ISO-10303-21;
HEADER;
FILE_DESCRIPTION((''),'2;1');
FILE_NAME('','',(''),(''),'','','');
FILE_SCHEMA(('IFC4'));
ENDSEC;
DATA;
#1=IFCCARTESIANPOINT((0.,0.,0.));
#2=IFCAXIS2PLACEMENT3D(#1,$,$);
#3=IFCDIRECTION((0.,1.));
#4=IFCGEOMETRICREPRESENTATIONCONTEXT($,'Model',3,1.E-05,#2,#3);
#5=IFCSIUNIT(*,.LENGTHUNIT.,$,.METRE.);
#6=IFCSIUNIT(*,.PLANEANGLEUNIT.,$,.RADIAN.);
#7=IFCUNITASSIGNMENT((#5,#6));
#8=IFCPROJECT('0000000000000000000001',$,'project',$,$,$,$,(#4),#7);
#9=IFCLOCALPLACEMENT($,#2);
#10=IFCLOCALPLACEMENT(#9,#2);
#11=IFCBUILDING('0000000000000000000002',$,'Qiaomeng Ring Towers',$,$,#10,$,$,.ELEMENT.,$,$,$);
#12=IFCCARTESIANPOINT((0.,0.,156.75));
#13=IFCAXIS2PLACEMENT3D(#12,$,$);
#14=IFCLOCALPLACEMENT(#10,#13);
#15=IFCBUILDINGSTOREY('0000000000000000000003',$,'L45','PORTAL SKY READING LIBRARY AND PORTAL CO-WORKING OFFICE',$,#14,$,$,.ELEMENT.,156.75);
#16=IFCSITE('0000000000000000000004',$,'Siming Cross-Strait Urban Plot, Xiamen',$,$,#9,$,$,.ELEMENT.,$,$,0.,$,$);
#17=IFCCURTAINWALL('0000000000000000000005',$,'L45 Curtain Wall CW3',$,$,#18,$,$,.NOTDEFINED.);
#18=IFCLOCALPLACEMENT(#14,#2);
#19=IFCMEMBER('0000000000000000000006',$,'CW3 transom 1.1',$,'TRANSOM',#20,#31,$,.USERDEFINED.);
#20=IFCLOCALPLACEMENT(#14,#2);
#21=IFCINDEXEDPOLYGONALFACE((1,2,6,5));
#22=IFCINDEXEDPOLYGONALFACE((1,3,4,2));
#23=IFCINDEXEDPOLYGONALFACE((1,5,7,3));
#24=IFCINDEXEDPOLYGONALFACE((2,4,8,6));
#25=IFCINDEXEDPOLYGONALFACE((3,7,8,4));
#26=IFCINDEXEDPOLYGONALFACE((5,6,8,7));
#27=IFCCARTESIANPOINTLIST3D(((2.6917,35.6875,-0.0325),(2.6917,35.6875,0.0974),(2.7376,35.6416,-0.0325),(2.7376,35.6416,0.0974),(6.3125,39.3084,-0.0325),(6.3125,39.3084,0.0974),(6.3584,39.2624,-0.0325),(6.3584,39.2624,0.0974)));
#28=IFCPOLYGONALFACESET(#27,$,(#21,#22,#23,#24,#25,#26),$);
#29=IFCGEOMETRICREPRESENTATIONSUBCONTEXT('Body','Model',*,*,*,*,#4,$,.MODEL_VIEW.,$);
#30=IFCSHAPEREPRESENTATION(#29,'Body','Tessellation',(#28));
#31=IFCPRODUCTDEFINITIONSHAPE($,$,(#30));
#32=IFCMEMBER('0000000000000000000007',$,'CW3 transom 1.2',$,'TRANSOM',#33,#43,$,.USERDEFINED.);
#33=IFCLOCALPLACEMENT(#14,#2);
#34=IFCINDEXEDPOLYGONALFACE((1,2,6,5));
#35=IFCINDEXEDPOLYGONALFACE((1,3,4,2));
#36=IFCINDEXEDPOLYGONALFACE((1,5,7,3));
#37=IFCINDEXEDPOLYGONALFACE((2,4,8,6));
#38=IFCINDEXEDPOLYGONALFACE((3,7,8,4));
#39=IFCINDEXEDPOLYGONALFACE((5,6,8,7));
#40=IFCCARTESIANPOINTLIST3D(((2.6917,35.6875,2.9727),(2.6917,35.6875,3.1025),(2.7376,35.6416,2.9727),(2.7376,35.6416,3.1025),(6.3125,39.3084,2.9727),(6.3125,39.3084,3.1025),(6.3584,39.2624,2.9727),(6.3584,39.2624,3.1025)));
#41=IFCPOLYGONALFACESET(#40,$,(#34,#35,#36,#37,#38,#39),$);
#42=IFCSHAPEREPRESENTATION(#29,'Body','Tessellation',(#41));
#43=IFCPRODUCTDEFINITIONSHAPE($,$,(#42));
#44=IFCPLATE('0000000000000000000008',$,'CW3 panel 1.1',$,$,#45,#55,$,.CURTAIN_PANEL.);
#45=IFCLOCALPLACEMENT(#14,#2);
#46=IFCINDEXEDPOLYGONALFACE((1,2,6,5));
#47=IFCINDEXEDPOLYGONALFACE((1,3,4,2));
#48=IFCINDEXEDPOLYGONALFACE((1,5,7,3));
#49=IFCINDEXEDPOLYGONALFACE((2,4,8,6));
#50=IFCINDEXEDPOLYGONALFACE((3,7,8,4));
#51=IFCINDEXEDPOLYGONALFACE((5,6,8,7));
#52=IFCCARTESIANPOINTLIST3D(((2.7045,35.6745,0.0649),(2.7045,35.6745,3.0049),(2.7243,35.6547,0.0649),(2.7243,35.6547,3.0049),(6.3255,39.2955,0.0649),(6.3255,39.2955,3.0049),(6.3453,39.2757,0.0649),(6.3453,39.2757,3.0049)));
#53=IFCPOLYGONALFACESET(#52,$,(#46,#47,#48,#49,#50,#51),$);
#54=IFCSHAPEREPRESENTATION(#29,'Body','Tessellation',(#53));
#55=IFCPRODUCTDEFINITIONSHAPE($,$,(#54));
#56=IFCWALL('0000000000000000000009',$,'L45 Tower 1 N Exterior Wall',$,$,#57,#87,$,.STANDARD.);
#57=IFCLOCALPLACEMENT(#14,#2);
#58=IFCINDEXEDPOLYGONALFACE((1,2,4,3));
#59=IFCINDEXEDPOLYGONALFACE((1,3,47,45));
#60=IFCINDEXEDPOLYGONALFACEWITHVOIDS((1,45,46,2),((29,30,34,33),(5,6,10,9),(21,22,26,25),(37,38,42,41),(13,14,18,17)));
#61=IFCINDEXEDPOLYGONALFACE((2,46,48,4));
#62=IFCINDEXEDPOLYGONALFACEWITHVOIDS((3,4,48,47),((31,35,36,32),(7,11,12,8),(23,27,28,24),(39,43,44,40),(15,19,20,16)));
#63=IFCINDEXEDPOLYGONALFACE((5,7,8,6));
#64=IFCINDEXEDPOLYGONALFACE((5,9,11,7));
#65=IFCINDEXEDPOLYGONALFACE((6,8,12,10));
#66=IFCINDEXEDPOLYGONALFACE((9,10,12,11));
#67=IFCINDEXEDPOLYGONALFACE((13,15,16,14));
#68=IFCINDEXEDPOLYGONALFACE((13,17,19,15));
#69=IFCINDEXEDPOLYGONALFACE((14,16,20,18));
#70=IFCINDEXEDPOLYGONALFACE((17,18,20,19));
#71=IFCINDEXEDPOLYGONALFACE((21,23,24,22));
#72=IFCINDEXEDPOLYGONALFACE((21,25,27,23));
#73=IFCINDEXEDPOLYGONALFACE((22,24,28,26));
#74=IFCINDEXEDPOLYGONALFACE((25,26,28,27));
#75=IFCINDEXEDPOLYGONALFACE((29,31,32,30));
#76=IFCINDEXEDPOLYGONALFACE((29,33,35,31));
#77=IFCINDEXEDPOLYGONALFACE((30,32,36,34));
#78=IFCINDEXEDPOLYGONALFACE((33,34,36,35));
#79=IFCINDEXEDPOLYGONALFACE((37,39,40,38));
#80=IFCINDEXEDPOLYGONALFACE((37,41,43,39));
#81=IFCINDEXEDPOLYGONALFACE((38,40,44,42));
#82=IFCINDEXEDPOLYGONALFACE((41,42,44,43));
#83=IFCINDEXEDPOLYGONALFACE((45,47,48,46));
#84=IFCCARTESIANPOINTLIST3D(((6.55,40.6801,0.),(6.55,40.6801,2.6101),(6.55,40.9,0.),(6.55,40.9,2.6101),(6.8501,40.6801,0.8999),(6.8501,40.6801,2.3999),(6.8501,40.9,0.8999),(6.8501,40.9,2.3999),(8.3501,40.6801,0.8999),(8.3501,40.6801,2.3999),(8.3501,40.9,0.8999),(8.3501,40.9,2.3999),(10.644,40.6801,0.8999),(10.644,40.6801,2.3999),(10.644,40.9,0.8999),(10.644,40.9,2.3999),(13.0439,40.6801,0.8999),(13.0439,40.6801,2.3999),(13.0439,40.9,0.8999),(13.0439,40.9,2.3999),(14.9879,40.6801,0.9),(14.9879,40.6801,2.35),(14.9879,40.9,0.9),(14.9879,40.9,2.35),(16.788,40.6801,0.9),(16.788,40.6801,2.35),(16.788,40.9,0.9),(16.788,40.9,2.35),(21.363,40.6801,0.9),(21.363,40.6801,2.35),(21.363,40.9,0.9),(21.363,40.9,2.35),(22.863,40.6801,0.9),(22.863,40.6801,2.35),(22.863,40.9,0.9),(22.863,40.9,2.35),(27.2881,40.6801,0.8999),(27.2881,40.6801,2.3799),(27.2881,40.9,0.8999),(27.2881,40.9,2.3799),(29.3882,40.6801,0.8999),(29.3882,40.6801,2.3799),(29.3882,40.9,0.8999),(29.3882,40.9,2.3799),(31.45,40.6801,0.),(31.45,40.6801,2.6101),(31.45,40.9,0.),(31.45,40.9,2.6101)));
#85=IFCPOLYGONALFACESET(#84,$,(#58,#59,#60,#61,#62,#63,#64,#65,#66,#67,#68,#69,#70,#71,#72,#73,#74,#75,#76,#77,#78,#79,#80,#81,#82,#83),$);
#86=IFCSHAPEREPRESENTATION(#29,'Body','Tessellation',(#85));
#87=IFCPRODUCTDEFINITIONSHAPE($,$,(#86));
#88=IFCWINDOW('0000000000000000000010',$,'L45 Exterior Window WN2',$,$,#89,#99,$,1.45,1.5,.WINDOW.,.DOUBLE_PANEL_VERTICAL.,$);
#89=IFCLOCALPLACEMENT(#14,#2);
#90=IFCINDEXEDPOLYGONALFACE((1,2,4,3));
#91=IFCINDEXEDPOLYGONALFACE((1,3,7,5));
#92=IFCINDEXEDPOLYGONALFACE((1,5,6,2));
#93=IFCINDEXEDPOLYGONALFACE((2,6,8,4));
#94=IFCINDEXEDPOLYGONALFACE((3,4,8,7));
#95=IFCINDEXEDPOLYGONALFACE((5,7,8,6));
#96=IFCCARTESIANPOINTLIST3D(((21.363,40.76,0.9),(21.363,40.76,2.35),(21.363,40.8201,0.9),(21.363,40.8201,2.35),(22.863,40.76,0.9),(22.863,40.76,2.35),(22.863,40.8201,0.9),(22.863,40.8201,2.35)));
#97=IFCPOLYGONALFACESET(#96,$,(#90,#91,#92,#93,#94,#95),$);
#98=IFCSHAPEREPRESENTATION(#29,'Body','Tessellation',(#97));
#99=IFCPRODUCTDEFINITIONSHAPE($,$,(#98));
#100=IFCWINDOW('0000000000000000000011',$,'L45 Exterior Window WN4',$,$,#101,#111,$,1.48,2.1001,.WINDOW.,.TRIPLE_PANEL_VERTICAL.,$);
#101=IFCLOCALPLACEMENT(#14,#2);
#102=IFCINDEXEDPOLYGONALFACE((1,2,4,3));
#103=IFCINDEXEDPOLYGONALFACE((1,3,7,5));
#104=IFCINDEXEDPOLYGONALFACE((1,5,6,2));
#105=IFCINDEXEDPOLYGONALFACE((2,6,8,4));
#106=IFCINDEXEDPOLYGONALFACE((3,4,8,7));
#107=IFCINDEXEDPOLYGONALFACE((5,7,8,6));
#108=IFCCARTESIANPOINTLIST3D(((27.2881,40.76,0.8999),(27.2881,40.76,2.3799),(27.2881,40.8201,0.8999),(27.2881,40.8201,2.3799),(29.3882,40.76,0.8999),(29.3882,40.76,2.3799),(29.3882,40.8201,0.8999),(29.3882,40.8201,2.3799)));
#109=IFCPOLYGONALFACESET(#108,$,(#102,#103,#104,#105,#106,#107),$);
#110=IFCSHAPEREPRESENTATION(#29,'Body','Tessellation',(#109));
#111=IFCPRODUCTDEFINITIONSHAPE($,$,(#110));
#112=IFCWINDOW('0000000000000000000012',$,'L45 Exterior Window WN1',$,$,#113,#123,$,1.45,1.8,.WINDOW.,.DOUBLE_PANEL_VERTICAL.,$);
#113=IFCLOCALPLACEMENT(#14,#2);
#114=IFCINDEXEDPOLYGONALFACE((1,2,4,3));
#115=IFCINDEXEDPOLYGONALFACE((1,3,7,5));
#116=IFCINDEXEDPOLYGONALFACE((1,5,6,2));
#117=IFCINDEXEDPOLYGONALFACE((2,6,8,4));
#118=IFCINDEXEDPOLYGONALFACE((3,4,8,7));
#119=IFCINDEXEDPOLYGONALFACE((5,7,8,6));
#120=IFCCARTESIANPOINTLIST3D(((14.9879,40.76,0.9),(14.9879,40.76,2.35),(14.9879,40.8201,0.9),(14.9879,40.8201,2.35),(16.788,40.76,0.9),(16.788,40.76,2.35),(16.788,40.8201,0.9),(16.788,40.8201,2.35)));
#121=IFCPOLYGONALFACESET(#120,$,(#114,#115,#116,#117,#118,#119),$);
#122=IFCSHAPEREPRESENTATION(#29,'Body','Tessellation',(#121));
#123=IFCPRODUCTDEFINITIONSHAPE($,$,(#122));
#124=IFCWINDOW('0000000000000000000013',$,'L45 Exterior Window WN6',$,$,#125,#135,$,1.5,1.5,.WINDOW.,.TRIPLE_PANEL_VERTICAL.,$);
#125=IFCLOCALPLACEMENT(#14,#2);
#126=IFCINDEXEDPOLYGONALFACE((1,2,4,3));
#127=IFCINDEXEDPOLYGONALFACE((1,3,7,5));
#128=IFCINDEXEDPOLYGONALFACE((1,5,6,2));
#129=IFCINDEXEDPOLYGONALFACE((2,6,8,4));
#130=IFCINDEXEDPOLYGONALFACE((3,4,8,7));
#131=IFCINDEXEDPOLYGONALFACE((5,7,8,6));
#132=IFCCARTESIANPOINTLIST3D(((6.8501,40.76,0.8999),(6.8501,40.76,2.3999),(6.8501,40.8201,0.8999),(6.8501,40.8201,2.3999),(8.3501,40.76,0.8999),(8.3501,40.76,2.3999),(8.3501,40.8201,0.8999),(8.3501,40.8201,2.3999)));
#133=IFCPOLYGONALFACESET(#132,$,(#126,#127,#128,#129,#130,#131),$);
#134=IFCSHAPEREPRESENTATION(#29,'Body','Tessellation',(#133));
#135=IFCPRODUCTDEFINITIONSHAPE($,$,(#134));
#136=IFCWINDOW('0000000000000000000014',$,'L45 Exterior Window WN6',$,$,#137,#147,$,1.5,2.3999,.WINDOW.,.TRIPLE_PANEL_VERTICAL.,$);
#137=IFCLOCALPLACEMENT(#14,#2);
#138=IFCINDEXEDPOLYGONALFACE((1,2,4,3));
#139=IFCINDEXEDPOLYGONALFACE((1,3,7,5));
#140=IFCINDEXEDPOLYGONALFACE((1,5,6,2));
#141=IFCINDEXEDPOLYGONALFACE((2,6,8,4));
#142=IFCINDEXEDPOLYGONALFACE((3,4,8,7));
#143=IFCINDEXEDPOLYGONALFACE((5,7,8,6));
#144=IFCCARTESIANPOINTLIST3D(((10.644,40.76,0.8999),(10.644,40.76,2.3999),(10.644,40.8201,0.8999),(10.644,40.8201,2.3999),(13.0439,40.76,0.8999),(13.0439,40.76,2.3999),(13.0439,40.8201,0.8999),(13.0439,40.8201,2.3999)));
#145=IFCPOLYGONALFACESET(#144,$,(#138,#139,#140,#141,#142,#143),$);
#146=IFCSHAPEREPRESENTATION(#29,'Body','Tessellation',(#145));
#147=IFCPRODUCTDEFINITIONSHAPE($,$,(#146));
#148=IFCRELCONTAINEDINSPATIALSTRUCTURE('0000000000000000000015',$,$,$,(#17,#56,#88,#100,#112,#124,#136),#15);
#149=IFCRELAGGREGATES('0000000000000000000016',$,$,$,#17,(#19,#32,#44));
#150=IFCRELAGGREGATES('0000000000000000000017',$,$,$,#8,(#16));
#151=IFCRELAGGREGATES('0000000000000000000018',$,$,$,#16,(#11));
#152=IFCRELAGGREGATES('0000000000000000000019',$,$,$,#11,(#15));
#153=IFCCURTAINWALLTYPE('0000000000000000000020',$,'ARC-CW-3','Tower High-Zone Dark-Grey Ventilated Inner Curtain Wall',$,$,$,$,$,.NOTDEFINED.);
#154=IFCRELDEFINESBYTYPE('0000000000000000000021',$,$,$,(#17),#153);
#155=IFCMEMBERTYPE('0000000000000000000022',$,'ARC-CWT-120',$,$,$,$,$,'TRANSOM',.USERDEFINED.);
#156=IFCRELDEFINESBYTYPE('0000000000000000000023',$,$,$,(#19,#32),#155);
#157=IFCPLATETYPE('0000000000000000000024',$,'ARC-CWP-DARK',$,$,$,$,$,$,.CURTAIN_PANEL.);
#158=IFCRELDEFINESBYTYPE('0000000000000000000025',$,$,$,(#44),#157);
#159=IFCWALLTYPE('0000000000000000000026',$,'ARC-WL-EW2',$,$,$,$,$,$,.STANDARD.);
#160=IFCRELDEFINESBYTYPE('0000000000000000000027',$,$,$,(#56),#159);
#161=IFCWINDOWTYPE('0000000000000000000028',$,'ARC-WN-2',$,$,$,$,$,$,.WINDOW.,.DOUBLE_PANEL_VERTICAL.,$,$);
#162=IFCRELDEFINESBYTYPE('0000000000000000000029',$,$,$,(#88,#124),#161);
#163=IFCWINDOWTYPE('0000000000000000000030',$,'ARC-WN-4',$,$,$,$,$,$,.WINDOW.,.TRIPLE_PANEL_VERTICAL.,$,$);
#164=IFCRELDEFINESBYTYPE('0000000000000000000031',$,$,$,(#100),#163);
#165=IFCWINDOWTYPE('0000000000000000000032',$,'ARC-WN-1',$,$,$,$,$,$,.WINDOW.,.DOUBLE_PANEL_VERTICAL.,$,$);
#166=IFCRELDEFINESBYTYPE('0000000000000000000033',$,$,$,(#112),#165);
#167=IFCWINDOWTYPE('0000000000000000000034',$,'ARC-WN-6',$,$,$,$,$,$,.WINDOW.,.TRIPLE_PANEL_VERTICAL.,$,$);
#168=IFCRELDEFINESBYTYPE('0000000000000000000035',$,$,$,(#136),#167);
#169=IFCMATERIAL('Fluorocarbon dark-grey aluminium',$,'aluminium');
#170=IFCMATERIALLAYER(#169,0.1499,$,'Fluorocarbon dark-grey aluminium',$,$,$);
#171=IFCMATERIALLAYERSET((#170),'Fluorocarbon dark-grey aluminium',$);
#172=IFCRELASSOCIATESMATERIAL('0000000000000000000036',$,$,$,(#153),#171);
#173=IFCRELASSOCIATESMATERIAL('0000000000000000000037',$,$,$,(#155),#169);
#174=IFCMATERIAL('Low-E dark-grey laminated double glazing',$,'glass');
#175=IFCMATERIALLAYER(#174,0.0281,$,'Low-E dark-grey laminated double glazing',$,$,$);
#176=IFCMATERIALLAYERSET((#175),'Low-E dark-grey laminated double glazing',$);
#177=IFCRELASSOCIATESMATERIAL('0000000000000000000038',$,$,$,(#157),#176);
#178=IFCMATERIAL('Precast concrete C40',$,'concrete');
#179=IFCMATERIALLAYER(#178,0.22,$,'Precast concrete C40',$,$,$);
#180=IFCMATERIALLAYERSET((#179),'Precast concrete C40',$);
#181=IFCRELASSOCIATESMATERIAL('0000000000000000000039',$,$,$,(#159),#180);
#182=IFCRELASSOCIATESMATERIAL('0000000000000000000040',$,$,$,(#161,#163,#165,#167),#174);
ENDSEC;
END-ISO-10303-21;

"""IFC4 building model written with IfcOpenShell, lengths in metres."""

from ifc_helpers import new_model, si_unit, direction, frame, frame_2d, origin, origin_2d, place, context, subcontext, project, spatial, rectangle, extrude, source, transform, mapped, material, layer, layer_set, material_profile, profile_set, type_object, element, fill, aggregate, save


model = new_model("IFC4")

# Units and contexts
model_context = context("Model", 3, precision=1e-05, world=origin(), true_north=direction((0.0, 1.0)))
body_context = subcontext(model_context, "Body", "Model", "MODEL_VIEW")
ifc_project = project(units=[si_unit("LENGTHUNIT", "METRE"), si_unit("PLANEANGLEUNIT", "RADIAN")], contexts=[model_context])

# Site, building, storey
site_placement = place(None, origin())
site = spatial("IfcSite", under=ifc_project, at=site_placement, Name="Siming Cross-Strait Urban Plot, Xiamen", CompositionType="ELEMENT", RefElevation=0.0)
building_placement = place(site_placement, origin())
building = spatial("IfcBuilding", under=site, at=building_placement, Name="Qiaomeng Ring Towers", CompositionType="ELEMENT")
storey_placement = place(building_placement, frame((0.0, 0.0, 156.75)))
storey = spatial("IfcBuildingStorey", under=building, at=storey_placement, Name="L45", Description="PORTAL SKY READING LIBRARY AND PORTAL CO-WORKING OFFICE", CompositionType="ELEMENT", Elevation=156.75)

# Curtain wall, members, plate
ifc_material_1 = material(Name="Fluorocarbon dark-grey aluminium", Category="aluminium")
ifc_layer_1 = layer(ifc_material_1, 0.1499, Name="Fluorocarbon dark-grey aluminium")
ifc_layer_set_1 = layer_set([ifc_layer_1], Name="Fluorocarbon dark-grey aluminium")
curtain_wall_type = type_object("IfcCurtainWallType", Name="ARC-CW-3", Description="Tower High-Zone Dark-Grey Ventilated Inner Curtain Wall", PredefinedType="NOTDEFINED", material=ifc_layer_set_1)
curtain_wall_placement = place(storey_placement, origin())
curtain_wall = element("IfcCurtainWall", 1, at=curtain_wall_placement, inside=storey, type_object=curtain_wall_type, Name="L45 Curtain Wall CW3", PredefinedType="NOTDEFINED")
ifc_material_profile_1 = material_profile(ifc_material_1, rectangle(XDim=0.0649, YDim=0.1299, at=origin_2d()), Name="ALU TRAN 65x130")
ifc_profile_set_1 = profile_set([ifc_material_profile_1], Name="Fluorocarbon dark-grey aluminium")
member_type_1 = type_object("IfcMemberType", Name="ARC-CWT-120", ElementType="TRANSOM", PredefinedType="USERDEFINED", material=ifc_profile_set_1)
shared_shape_1 = source(origin(), body_context, "Body", "SweptSolid", [
    extrude(rectangle(XDim=0.0649, YDim=0.1299, at=origin_2d()), origin(), (0.0, 0.0, 1.0), 5.1206),
])
member_1_placement = place(storey_placement, frame((6.3354, 39.2854, 0.0325), z_axis=(-0.707107, -0.707107, 0.0), x_axis=(0.707107, -0.707107, 0.0)))
member_1 = element("IfcMember", 2, at=member_1_placement, type_object=member_type_1, Name="CW3 transom 1.1", ObjectType="TRANSOM", PredefinedType="USERDEFINED", context=body_context, shape_type="MappedRepresentation", body=[
    mapped(shared_shape_1, transform((0.0, 0.0, 0.0), x_axis=(1.0, 0.0, 0.0), y_axis=(0.0, 1.0, 0.0), z_axis=(0.0, 0.0, 1.0), scale=1.0)),
])
member_2_placement = place(storey_placement, frame((6.3354, 39.2854, 3.0376), z_axis=(-0.707107, -0.707107, 0.0), x_axis=(0.707107, -0.707107, 0.0)))
member_2 = element("IfcMember", 3, at=member_2_placement, type_object=member_type_1, Name="CW3 transom 1.2", ObjectType="TRANSOM", PredefinedType="USERDEFINED", context=body_context, shape_type="MappedRepresentation", body=[
    mapped(shared_shape_1, transform((0.0, 0.0, 0.0), x_axis=(1.0, 0.0, 0.0), y_axis=(0.0, 1.0, 0.0), z_axis=(0.0, 0.0, 1.0), scale=1.0)),
])
ifc_material_2 = material(Name="Low-E dark-grey laminated double glazing", Category="glass")
ifc_layer_2 = layer(ifc_material_2, 0.0281, Name="Low-E dark-grey laminated double glazing")
ifc_layer_set_2 = layer_set([ifc_layer_2], Name="Low-E dark-grey laminated double glazing")
plate_type = type_object("IfcPlateType", Name="ARC-CWP-DARK", PredefinedType="CURTAIN_PANEL", material=ifc_layer_set_2)
shared_shape_2 = source(origin(), body_context, "Body", "SweptSolid", [
    extrude(rectangle(XDim=5.1208, YDim=0.0281, at=origin_2d()), origin(), (0.0, 0.0, 1.0), 2.9399),
])
plate_placement = place(storey_placement, frame((4.5249, 37.4751, 0.0649), z_axis=(0.0, 0.0, 1.0), x_axis=(-0.707107, -0.707107, 0.0)))
plate = element("IfcPlate", 4, at=plate_placement, type_object=plate_type, Name="CW3 panel 1.1", PredefinedType="CURTAIN_PANEL", context=body_context, shape_type="MappedRepresentation", body=[
    mapped(shared_shape_2, transform((0.0, 0.0, 0.0), x_axis=(1.0, 0.0, 0.0), y_axis=(0.0, 1.0, 0.0), z_axis=(0.0, 0.0, 1.0), scale=1.0)),
])
aggregate(curtain_wall, [member_1, member_2, plate])

# Wall, openings, windows
ifc_material_3 = material(Name="Precast concrete C40", Category="concrete")
ifc_layer_3 = layer(ifc_material_3, 0.22, Name="Precast concrete C40")
ifc_layer_set_3 = layer_set([ifc_layer_3], Name="Precast concrete C40")
wall_type_1 = type_object("IfcWallType", Name="ARC-WL-EW2", PredefinedType="STANDARD", material=ifc_layer_set_3)
wall_1_placement = place(storey_placement, frame((6.55, 40.79, 0.0), z_axis=(0.0, 0.0, 1.0), x_axis=(1.0, 0.0, 0.0)))
wall_1 = element("IfcWall", 5, at=wall_1_placement, inside=storey, type_object=wall_type_1, Name="L45 Tower 1 N Exterior Wall", PredefinedType="STANDARD", context=body_context, shape_type="SweptSolid", body=[
    extrude(rectangle(XDim=24.8999, YDim=0.22, at=frame_2d((12.45, 0.0))), origin(), (0.0, 0.0, 1.0), 2.6101),
])
opening_1_placement = place(wall_1_placement, frame((0.3, 0.0, 0.8999)))
opening_1 = element("IfcOpeningElement", 6, at=opening_1_placement, cuts=wall_1, PredefinedType="OPENING", context=body_context, shape_type="SweptSolid", body=[
    extrude(rectangle(XDim=1.5, YDim=1.5, at=frame_2d((0.75, 0.75))), frame((0.0, 0.1199, 0.0), z_axis=(0.0, -1.0, 0.0), x_axis=(1.0, 0.0, 0.0)), (0.0, 0.0, 1.0), 0.24),
])
opening_2_placement = place(wall_1_placement, frame((8.438, 0.0, 0.8999)))
opening_2 = element("IfcOpeningElement", 7, at=opening_2_placement, cuts=wall_1, PredefinedType="OPENING", context=body_context, shape_type="SweptSolid", body=[
    extrude(rectangle(XDim=1.8, YDim=1.45, at=frame_2d((0.8999, 0.7251))), frame((0.0, 0.1199, 0.0), z_axis=(0.0, -1.0, 0.0), x_axis=(1.0, 0.0, 0.0)), (0.0, 0.0, 1.0), 0.24),
])
opening_3_placement = place(wall_1_placement, frame((14.813, 0.0, 0.8999)))
opening_3 = element("IfcOpeningElement", 8, at=opening_3_placement, cuts=wall_1, PredefinedType="OPENING", context=body_context, shape_type="SweptSolid", body=[
    extrude(rectangle(XDim=1.5, YDim=1.45, at=frame_2d((0.75, 0.7251))), frame((0.0, 0.1199, 0.0), z_axis=(0.0, -1.0, 0.0), x_axis=(1.0, 0.0, 0.0)), (0.0, 0.0, 1.0), 0.24),
])
opening_4_placement = place(wall_1_placement, frame((20.738, 0.0, 0.8999)))
opening_4 = element("IfcOpeningElement", 9, at=opening_4_placement, cuts=wall_1, PredefinedType="OPENING", context=body_context, shape_type="SweptSolid", body=[
    extrude(rectangle(XDim=2.1001, YDim=1.48, at=frame_2d((1.05, 0.74))), frame((0.0, 0.1199, 0.0), z_axis=(0.0, -1.0, 0.0), x_axis=(1.0, 0.0, 0.0)), (0.0, 0.0, 1.0), 0.24),
])
opening_5_placement = place(wall_1_placement, frame((4.094, 0.0, 0.8999)))
opening_5 = element("IfcOpeningElement", 10, at=opening_5_placement, cuts=wall_1, PredefinedType="OPENING", context=body_context, shape_type="SweptSolid", body=[
    extrude(rectangle(XDim=2.3999, YDim=1.5, at=frame_2d((1.2, 0.75))), frame((0.0, 0.1199, 0.0), z_axis=(0.0, -1.0, 0.0), x_axis=(1.0, 0.0, 0.0)), (0.0, 0.0, 1.0), 0.24),
])
window_type_1 = type_object("IfcWindowType", Name="ARC-WN-2", PartitioningType="DOUBLE_PANEL_VERTICAL", PredefinedType="WINDOW", material=ifc_material_2)
shared_shape_3 = source(origin(), body_context, "Body", "SweptSolid", [
    extrude(rectangle(XDim=1.5, YDim=1.45, at=frame_2d((0.75, 0.7251))), frame((0.0, 0.03, 0.0), z_axis=(0.0, -1.0, 0.0), x_axis=(1.0, 0.0, 0.0)), (0.0, 0.0, 1.0), 0.0601),
])
window_1_placement = place(opening_3_placement, origin())
window_1 = element("IfcWindow", 11, at=window_1_placement, inside=storey, type_object=window_type_1, Name="L45 Exterior Window WN2", OverallHeight=1.45, OverallWidth=1.5, PartitioningType="DOUBLE_PANEL_VERTICAL", PredefinedType="WINDOW", context=body_context, shape_type="MappedRepresentation", body=[
    mapped(shared_shape_3, transform((0.0, 0.0, 0.0), x_axis=(1.0, 0.0, 0.0), y_axis=(0.0, 1.0, 0.0), z_axis=(0.0, 0.0, 1.0), scale=1.0)),
])
fill(opening_3, window_1)
window_type_2 = type_object("IfcWindowType", Name="ARC-WN-4", PartitioningType="TRIPLE_PANEL_VERTICAL", PredefinedType="WINDOW", material=ifc_material_2)
shared_shape_4 = source(origin(), body_context, "Body", "SweptSolid", [
    extrude(rectangle(XDim=2.1001, YDim=1.48, at=frame_2d((1.05, 0.74))), frame((0.0, 0.03, 0.0), z_axis=(0.0, -1.0, 0.0), x_axis=(1.0, 0.0, 0.0)), (0.0, 0.0, 1.0), 0.0601),
])
window_2_placement = place(opening_4_placement, origin())
window_2 = element("IfcWindow", 12, at=window_2_placement, inside=storey, type_object=window_type_2, Name="L45 Exterior Window WN4", OverallHeight=1.48, OverallWidth=2.1001, PartitioningType="TRIPLE_PANEL_VERTICAL", PredefinedType="WINDOW", context=body_context, shape_type="MappedRepresentation", body=[
    mapped(shared_shape_4, transform((0.0, 0.0, 0.0), x_axis=(1.0, 0.0, 0.0), y_axis=(0.0, 1.0, 0.0), z_axis=(0.0, 0.0, 1.0), scale=1.0)),
])
fill(opening_4, window_2)
window_type_3 = type_object("IfcWindowType", Name="ARC-WN-1", PartitioningType="DOUBLE_PANEL_VERTICAL", PredefinedType="WINDOW", material=ifc_material_2)
shared_shape_5 = source(origin(), body_context, "Body", "SweptSolid", [
    extrude(rectangle(XDim=1.8, YDim=1.45, at=frame_2d((0.8999, 0.7251))), frame((0.0, 0.03, 0.0), z_axis=(0.0, -1.0, 0.0), x_axis=(1.0, 0.0, 0.0)), (0.0, 0.0, 1.0), 0.0601),
])
window_3_placement = place(opening_2_placement, origin())
window_3 = element("IfcWindow", 13, at=window_3_placement, inside=storey, type_object=window_type_3, Name="L45 Exterior Window WN1", OverallHeight=1.45, OverallWidth=1.8, PartitioningType="DOUBLE_PANEL_VERTICAL", PredefinedType="WINDOW", context=body_context, shape_type="MappedRepresentation", body=[
    mapped(shared_shape_5, transform((0.0, 0.0, 0.0), x_axis=(1.0, 0.0, 0.0), y_axis=(0.0, 1.0, 0.0), z_axis=(0.0, 0.0, 1.0), scale=1.0)),
])
fill(opening_2, window_3)
shared_shape_6 = source(origin(), body_context, "Body", "SweptSolid", [
    extrude(rectangle(XDim=1.5, YDim=1.5, at=frame_2d((0.75, 0.75))), frame((0.0, 0.03, 0.0), z_axis=(0.0, -1.0, 0.0), x_axis=(1.0, 0.0, 0.0)), (0.0, 0.0, 1.0), 0.0601),
])
window_4_placement = place(opening_1_placement, origin())
window_4 = element("IfcWindow", 14, at=window_4_placement, inside=storey, type_object=window_type_1, Name="L45 Exterior Window WN6", OverallHeight=1.5, OverallWidth=1.5, PartitioningType="TRIPLE_PANEL_VERTICAL", PredefinedType="WINDOW", context=body_context, shape_type="MappedRepresentation", body=[
    mapped(shared_shape_6, transform((0.0, 0.0, 0.0), x_axis=(1.0, 0.0, 0.0), y_axis=(0.0, 1.0, 0.0), z_axis=(0.0, 0.0, 1.0), scale=1.0)),
])
fill(opening_1, window_4)
window_type_4 = type_object("IfcWindowType", Name="ARC-WN-6", PartitioningType="TRIPLE_PANEL_VERTICAL", PredefinedType="WINDOW", material=ifc_material_2)
shared_shape_7 = source(origin(), body_context, "Body", "SweptSolid", [
    extrude(rectangle(XDim=2.3999, YDim=1.5, at=frame_2d((1.2, 0.75))), frame((0.0, 0.03, 0.0), z_axis=(0.0, -1.0, 0.0), x_axis=(1.0, 0.0, 0.0)), (0.0, 0.0, 1.0), 0.0601),
])
window_5_placement = place(opening_5_placement, origin())
window_5 = element("IfcWindow", 15, at=window_5_placement, inside=storey, type_object=window_type_4, Name="L45 Exterior Window WN6", OverallHeight=1.5, OverallWidth=2.3999, PartitioningType="TRIPLE_PANEL_VERTICAL", PredefinedType="WINDOW", context=body_context, shape_type="MappedRepresentation", body=[
    mapped(shared_shape_7, transform((0.0, 0.0, 0.0), x_axis=(1.0, 0.0, 0.0), y_axis=(0.0, 1.0, 0.0), z_axis=(0.0, 0.0, 1.0), scale=1.0)),
])
fill(opening_5, window_5)

save(model, "model.ifc")
